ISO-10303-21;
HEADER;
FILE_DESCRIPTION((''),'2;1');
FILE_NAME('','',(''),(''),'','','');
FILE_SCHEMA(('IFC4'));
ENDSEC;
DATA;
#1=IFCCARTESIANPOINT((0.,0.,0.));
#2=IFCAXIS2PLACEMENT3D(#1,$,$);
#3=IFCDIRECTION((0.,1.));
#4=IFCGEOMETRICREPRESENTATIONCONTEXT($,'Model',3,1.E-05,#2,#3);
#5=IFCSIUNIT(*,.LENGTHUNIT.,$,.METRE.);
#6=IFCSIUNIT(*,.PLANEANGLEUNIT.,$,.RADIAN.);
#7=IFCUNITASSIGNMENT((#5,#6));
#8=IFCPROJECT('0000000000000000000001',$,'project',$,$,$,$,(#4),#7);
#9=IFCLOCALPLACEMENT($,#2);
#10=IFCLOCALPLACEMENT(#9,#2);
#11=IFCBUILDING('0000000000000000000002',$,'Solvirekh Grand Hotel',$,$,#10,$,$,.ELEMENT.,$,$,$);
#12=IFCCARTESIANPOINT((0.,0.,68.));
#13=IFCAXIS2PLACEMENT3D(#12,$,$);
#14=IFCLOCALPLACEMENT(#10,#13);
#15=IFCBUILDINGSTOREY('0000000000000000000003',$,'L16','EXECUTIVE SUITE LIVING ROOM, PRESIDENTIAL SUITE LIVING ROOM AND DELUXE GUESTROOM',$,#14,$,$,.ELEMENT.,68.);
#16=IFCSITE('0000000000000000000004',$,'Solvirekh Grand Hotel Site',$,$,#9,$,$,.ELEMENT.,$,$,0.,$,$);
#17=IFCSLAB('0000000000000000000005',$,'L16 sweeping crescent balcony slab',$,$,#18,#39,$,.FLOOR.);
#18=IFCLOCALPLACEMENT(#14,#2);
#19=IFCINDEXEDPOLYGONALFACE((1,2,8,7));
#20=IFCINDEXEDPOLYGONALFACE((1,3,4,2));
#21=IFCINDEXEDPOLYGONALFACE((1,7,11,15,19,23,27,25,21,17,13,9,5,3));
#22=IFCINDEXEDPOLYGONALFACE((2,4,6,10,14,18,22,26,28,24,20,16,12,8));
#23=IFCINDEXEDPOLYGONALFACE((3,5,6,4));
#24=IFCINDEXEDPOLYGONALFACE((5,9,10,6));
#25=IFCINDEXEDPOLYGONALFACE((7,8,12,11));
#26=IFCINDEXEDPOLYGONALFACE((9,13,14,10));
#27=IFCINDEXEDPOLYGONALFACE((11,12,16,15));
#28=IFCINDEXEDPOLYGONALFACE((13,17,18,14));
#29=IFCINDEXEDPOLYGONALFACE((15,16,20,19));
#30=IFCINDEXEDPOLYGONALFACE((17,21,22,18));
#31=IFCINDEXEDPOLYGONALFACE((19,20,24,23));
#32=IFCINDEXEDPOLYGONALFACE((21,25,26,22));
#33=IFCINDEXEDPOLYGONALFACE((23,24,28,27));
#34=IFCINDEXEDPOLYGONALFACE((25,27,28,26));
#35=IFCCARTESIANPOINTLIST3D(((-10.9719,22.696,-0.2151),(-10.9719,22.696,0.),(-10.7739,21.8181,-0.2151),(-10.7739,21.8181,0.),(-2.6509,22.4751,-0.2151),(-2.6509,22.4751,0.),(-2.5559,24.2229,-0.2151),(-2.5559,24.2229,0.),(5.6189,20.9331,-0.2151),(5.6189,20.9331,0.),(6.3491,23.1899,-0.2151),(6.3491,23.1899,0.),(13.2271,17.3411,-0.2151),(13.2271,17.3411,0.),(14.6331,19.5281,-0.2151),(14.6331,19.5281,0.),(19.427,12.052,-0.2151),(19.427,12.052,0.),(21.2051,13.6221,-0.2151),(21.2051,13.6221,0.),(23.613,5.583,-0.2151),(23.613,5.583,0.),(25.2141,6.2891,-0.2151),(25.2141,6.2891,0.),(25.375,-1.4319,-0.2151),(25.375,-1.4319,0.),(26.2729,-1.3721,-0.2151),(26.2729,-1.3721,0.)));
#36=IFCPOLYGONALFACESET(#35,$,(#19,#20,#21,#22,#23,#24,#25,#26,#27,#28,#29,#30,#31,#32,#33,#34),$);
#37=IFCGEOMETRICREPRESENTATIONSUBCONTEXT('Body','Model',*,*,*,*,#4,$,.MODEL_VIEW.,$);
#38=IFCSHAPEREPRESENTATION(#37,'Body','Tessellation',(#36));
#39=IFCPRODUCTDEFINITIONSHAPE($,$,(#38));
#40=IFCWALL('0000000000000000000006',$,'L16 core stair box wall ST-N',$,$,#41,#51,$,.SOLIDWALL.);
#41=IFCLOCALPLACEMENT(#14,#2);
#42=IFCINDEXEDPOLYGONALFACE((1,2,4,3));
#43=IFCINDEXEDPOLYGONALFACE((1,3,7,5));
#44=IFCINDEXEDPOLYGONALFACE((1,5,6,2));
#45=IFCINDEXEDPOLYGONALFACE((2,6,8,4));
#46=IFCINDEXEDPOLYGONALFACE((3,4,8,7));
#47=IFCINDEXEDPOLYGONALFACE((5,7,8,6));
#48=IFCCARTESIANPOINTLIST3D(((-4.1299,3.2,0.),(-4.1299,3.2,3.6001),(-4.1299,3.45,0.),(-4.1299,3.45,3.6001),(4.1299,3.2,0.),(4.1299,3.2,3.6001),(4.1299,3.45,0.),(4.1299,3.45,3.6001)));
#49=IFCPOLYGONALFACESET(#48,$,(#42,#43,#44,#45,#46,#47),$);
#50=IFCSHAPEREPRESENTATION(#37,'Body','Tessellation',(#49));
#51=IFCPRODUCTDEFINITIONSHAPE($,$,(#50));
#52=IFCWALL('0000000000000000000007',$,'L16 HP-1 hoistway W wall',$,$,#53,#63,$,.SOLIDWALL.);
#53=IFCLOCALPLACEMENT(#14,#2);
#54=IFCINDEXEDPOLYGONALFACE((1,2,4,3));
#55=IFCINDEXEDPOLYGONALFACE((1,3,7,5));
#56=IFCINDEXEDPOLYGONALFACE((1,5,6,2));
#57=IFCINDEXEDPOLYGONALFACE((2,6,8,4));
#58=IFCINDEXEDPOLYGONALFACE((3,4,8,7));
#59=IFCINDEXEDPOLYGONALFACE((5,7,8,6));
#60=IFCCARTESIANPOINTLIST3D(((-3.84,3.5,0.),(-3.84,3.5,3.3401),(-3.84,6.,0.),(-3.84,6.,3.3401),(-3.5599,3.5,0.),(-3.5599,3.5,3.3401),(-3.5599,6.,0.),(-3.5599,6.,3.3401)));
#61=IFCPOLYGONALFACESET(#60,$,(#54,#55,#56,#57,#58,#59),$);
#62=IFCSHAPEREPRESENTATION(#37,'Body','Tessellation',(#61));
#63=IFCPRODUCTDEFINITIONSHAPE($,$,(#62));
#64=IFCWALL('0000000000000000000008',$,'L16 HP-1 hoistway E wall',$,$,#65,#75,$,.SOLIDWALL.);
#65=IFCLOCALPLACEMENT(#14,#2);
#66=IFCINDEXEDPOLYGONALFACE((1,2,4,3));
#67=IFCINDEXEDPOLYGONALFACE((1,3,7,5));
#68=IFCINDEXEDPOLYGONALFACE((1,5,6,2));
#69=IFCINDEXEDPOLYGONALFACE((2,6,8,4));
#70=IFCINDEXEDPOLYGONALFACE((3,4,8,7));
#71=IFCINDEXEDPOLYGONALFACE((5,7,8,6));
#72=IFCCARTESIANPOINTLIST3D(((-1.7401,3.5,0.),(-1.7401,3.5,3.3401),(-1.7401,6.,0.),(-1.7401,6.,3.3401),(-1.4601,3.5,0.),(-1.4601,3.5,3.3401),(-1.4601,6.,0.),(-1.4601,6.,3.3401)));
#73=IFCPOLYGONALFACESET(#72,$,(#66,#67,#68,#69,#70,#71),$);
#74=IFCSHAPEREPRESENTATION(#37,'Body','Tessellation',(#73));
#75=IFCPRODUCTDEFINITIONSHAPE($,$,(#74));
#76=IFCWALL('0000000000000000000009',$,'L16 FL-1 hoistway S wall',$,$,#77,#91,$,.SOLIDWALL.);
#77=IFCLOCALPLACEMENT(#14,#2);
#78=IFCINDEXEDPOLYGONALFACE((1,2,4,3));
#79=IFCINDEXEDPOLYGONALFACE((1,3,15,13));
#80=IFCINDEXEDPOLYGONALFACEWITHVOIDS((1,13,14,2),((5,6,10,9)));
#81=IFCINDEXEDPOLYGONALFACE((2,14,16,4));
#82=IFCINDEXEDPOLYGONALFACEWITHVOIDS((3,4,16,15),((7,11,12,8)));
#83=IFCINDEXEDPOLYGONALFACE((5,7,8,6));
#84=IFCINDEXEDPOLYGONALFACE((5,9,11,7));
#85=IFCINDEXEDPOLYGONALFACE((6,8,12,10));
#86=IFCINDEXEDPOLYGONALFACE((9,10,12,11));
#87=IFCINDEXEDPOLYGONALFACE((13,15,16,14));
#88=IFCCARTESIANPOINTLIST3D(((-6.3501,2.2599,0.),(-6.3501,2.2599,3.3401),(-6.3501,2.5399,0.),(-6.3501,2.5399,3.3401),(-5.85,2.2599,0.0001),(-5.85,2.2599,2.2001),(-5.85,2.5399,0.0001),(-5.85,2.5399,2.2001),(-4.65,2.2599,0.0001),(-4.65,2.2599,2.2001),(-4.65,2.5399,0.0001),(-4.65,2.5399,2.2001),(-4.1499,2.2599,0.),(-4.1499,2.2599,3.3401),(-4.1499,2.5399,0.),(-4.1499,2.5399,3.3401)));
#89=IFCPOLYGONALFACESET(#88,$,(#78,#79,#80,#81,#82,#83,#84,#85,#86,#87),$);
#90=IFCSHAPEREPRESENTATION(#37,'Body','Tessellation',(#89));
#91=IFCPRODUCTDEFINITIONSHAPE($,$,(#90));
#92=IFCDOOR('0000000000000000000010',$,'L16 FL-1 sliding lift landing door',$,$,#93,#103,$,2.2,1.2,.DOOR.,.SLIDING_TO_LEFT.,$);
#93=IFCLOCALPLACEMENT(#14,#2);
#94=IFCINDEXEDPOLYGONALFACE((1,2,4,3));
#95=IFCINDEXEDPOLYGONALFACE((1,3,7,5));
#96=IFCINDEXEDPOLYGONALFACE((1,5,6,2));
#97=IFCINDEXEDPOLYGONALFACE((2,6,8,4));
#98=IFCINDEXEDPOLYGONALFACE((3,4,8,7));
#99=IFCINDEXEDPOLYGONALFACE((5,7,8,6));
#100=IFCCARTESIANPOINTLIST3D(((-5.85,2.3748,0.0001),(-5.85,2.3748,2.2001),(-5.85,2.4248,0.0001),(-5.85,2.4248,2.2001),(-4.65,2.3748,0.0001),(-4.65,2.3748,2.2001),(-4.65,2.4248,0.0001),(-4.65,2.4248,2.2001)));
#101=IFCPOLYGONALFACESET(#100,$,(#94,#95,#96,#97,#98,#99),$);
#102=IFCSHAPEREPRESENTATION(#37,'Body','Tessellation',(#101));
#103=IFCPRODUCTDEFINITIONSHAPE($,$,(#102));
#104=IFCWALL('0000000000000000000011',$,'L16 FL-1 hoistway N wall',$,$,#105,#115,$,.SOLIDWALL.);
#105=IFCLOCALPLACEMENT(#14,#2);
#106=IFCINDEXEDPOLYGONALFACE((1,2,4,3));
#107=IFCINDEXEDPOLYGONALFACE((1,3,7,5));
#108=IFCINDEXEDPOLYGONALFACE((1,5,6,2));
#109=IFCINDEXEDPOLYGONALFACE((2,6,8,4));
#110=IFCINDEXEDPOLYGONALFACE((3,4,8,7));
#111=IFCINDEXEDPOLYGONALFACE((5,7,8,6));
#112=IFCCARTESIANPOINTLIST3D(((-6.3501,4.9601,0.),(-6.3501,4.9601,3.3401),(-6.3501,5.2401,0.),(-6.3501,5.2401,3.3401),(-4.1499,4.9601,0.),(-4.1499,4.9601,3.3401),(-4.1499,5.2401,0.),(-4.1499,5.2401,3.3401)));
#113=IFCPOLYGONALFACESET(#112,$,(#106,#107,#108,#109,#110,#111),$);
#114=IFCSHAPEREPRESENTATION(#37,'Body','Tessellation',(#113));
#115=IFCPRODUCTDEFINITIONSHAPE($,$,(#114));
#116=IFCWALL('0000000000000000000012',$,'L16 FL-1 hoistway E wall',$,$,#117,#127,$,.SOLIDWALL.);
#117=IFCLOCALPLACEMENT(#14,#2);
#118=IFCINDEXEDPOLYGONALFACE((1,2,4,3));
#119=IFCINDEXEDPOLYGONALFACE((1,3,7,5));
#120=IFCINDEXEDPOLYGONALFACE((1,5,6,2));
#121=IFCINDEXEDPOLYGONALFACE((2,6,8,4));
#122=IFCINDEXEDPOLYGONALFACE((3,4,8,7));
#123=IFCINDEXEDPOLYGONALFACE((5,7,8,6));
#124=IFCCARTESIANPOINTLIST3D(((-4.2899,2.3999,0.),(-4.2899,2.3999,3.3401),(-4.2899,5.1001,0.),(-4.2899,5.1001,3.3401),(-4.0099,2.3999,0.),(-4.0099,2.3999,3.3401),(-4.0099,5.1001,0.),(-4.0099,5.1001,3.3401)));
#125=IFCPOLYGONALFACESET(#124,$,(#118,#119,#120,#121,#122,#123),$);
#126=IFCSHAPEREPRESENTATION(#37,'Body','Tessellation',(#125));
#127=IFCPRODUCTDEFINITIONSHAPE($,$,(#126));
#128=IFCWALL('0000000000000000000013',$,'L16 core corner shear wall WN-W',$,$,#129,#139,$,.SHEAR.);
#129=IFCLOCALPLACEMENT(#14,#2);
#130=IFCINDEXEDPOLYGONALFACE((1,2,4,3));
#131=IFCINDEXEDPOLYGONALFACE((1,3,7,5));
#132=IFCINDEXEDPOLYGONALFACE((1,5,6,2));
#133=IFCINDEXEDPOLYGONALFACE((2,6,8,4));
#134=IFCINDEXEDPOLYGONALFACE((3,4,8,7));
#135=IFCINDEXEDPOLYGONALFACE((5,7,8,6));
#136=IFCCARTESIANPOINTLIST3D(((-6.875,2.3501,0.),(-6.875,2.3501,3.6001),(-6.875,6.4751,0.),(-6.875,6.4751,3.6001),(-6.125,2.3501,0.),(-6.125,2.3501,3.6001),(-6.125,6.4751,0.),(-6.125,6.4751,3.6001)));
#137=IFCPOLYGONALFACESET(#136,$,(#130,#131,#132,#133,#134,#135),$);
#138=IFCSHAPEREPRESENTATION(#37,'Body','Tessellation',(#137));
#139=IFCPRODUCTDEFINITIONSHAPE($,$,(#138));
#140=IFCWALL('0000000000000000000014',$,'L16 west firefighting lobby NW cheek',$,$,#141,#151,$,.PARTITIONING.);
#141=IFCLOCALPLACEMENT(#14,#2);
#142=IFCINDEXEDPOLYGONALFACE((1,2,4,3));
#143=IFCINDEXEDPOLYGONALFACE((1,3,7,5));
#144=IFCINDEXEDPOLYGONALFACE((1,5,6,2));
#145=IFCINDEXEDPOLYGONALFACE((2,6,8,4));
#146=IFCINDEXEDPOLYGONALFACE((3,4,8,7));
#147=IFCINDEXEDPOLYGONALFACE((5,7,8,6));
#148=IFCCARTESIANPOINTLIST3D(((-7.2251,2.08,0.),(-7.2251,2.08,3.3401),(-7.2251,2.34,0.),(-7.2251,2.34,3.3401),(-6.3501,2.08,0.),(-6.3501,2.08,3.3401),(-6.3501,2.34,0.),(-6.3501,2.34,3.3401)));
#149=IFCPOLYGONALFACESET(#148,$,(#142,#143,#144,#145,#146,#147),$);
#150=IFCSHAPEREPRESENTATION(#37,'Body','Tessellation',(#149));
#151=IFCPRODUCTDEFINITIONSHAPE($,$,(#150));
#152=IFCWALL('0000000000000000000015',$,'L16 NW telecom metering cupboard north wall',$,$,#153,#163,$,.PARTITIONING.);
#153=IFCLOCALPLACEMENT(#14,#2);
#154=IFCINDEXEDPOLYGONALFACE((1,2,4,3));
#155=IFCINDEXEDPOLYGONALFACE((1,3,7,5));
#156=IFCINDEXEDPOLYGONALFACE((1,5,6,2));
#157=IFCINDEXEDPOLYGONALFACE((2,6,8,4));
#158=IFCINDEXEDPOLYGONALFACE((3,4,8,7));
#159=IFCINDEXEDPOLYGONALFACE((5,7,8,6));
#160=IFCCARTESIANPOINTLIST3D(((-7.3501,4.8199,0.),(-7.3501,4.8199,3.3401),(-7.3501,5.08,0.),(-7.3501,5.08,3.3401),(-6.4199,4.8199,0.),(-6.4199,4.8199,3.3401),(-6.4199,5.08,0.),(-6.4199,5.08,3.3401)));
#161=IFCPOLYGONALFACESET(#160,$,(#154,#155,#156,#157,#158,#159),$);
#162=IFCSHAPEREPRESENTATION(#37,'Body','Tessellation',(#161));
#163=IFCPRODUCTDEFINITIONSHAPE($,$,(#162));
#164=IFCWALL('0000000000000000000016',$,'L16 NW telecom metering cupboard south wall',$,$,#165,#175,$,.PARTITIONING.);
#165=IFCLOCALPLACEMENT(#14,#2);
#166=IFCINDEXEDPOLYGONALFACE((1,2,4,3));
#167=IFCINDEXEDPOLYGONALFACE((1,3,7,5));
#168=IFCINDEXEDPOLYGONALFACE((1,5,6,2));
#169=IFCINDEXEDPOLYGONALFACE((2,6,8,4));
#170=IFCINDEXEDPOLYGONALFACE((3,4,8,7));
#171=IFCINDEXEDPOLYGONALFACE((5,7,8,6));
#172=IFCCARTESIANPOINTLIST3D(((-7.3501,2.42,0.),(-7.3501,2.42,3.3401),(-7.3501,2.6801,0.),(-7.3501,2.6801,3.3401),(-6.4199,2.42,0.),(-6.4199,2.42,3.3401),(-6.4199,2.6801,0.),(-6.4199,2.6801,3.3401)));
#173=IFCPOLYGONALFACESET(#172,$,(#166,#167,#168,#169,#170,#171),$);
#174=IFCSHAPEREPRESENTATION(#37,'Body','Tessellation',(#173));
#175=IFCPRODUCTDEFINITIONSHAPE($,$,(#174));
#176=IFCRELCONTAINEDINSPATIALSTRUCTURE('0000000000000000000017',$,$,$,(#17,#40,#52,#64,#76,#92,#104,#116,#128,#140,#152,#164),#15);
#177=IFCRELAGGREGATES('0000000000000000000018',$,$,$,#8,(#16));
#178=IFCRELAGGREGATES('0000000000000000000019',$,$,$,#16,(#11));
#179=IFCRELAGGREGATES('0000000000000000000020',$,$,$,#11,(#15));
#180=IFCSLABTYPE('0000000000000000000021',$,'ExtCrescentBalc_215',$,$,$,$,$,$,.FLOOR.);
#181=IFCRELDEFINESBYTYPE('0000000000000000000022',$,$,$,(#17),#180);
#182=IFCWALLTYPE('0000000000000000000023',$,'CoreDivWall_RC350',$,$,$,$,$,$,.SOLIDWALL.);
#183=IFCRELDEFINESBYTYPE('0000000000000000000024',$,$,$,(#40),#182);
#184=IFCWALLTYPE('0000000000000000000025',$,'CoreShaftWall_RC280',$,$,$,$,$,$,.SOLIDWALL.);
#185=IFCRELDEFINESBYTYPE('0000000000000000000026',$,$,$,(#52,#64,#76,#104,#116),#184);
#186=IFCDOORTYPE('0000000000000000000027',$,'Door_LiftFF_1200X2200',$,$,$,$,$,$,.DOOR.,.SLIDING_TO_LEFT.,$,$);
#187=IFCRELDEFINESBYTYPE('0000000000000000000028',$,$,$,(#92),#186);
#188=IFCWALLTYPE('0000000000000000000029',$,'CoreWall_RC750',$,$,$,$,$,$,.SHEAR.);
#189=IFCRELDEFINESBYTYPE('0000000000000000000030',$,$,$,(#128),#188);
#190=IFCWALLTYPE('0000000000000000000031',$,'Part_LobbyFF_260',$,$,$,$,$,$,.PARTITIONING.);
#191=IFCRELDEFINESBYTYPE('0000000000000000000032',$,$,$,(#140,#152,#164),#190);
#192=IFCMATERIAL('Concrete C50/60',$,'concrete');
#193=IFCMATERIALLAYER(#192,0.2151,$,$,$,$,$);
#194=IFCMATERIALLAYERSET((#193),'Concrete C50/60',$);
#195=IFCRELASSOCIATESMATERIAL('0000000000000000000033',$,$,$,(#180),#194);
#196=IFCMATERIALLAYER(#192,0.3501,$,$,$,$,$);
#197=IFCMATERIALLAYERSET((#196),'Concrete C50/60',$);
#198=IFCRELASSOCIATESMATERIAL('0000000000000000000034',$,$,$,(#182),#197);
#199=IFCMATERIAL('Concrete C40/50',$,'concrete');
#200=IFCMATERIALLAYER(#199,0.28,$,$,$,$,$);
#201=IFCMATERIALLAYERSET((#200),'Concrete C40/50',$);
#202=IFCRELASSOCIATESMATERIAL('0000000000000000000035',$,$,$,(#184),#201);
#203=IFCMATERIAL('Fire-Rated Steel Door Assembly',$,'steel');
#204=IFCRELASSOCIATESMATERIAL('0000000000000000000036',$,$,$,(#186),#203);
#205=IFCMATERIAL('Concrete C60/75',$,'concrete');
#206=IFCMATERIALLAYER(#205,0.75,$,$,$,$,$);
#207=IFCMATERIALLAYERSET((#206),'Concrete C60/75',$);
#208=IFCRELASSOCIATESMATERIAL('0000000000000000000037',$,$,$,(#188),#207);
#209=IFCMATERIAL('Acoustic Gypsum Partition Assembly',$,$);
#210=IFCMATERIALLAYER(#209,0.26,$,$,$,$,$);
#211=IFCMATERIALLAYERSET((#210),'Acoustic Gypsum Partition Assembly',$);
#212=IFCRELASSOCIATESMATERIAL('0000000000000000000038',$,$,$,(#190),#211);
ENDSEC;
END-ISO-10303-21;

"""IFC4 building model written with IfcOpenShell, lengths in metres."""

from ifc_helpers import new_model, si_unit, direction, frame, frame_2d, origin, place, context, subcontext, project, spatial, polyline, rectangle, outline, extrude, material, layer, layer_set, type_object, element, fill, save


model = new_model("IFC4")

# Units and contexts
model_context = context("Model", 3, precision=1e-05, world=origin(), true_north=direction((0.0, 1.0)))
body_context = subcontext(model_context, "Body", "Model", "MODEL_VIEW")
ifc_project = project(units=[si_unit("LENGTHUNIT", "METRE"), si_unit("PLANEANGLEUNIT", "RADIAN")], contexts=[model_context])

# Site, building, storey
site_placement = place(None, origin())
site = spatial("IfcSite", under=ifc_project, at=site_placement, Name="Solvirekh Grand Hotel Site", CompositionType="ELEMENT", RefElevation=0.0)
building_placement = place(site_placement, origin())
building = spatial("IfcBuilding", under=site, at=building_placement, Name="Solvirekh Grand Hotel", CompositionType="ELEMENT")
storey_placement = place(building_placement, frame((0.0, 0.0, 68.0)))
storey = spatial("IfcBuildingStorey", under=building, at=storey_placement, Name="L16", Description="EXECUTIVE SUITE LIVING ROOM, PRESIDENTIAL SUITE LIVING ROOM AND DELUXE GUESTROOM", CompositionType="ELEMENT", Elevation=68.0)

# Slab
ifc_material_1 = material(Name="Concrete C50/60", Category="concrete")
ifc_layer_1 = layer(ifc_material_1, 0.2151)
ifc_layer_set_1 = layer_set([ifc_layer_1], Name="Concrete C50/60")
slab_type = type_object("IfcSlabType", Name="ExtCrescentBalc_215", PredefinedType="FLOOR", material=ifc_layer_set_1)
slab_placement = place(storey_placement, frame((0.0, 0.0, -0.2151)))
element("IfcSlab", 1, at=slab_placement, inside=storey, type_object=slab_type, Name="L16 sweeping crescent balcony slab", PredefinedType="FLOOR", context=body_context, shape_type="SweptSolid", body=[
    extrude(outline(polyline([(26.2729, -1.3721), (25.2141, 6.2891), (21.2051, 13.6221), (14.6331, 19.5281), (6.3491, 23.1899), (-2.5559, 24.2229), (-10.9719, 22.696), (-10.7739, 21.8181), (-2.6509, 22.4751), (5.6189, 20.9331), (13.2271, 17.3411), (19.427, 12.052), (23.613, 5.583), (25.375, -1.4319), (26.2729, -1.3721)])), origin(), (0.0, 0.0, 1.0), 0.2151),
])

# Walls
ifc_layer_2 = layer(ifc_material_1, 0.3501)
ifc_layer_set_2 = layer_set([ifc_layer_2], Name="Concrete C50/60")
wall_type_1 = type_object("IfcWallType", Name="CoreDivWall_RC350", PredefinedType="SOLIDWALL", material=ifc_layer_set_2)
wall_1_placement = place(storey_placement, frame((-4.1299, 3.325, 0.0), z_axis=(0.0, 0.0, 1.0), x_axis=(1.0, 0.0, 0.0)))
element("IfcWall", 2, at=wall_1_placement, inside=storey, type_object=wall_type_1, Name="L16 core stair box wall ST-N", PredefinedType="SOLIDWALL", context=body_context, shape_type="SweptSolid", body=[
    extrude(rectangle(XDim=8.2598, YDim=0.25, at=frame_2d((4.1299, 0.0))), origin(), (0.0, 0.0, 1.0), 3.6001),
])
ifc_material_2 = material(Name="Concrete C40/50", Category="concrete")
ifc_layer_3 = layer(ifc_material_2, 0.28)
ifc_layer_set_3 = layer_set([ifc_layer_3], Name="Concrete C40/50")
wall_type_2 = type_object("IfcWallType", Name="CoreShaftWall_RC280", PredefinedType="SOLIDWALL", material=ifc_layer_set_3)
for number, where, z_axis, x_axis, name in (
    (3, (-3.7, 6.0, 0.0), (0.0, 0.0, 1.0), (0.0, -1.0, 0.0), "L16 HP-1 hoistway W wall"),
    (4, (-1.6001, 3.5, 0.0), (0.0, 0.0, 1.0), (0.0, 1.0, 0.0), "L16 HP-1 hoistway E wall"),
):
    element("IfcWall", number, at=place(storey_placement, frame(where, z_axis=z_axis, x_axis=x_axis)), inside=storey, type_object=wall_type_2, Name=name, PredefinedType="SOLIDWALL", context=body_context, shape_type="SweptSolid", body=[
        extrude(rectangle(XDim=2.5, YDim=0.28, at=frame_2d((1.25, 0.0))), origin(), (0.0, 0.0, 1.0), 3.3401),
    ])

# Wall, opening, door
wall_2_placement = place(storey_placement, frame((-6.3501, 2.3999, 0.0), z_axis=(0.0, 0.0, 1.0), x_axis=(1.0, 0.0, 0.0)))
wall_2 = element("IfcWall", 5, at=wall_2_placement, inside=storey, type_object=wall_type_2, Name="L16 FL-1 hoistway S wall", PredefinedType="SOLIDWALL", context=body_context, shape_type="SweptSolid", body=[
    extrude(rectangle(XDim=2.2002, YDim=0.28, at=frame_2d((1.1001, 0.0))), origin(), (0.0, 0.0, 1.0), 3.3401),
])
opening_1_placement = place(wall_2_placement, frame((0.5, 0.0, 0.0)))
opening_1 = element("IfcOpeningElement", 6, at=opening_1_placement, cuts=wall_2, PredefinedType="OPENING", context=body_context, shape_type="SweptSolid", body=[
    extrude(rectangle(XDim=1.2, YDim=2.2, at=frame_2d((0.6001, 1.1001))), frame((0.0, 0.1499, 0.0), z_axis=(0.0, -1.0, 0.0), x_axis=(1.0, 0.0, 0.0)), (0.0, 0.0, 1.0), 0.3),
])
ifc_material_3 = material(Name="Fire-Rated Steel Door Assembly", Category="steel")
door_type_1 = type_object("IfcDoorType", Name="Door_LiftFF_1200X2200", OperationType="SLIDING_TO_LEFT", PredefinedType="DOOR", material=ifc_material_3)
door_1_placement = place(opening_1_placement, origin())
door_1 = element("IfcDoor", 7, at=door_1_placement, inside=storey, type_object=door_type_1, Name="L16 FL-1 sliding lift landing door", OperationType="SLIDING_TO_LEFT", OverallHeight=2.2, OverallWidth=1.2, PredefinedType="DOOR", context=body_context, shape_type="SweptSolid", body=[
    extrude(rectangle(XDim=1.2, YDim=2.2, at=frame_2d((0.6001, 1.1001))), frame((0.0, 0.0249, 0.0), z_axis=(0.0, -1.0, 0.0), x_axis=(1.0, 0.0, 0.0)), (0.0, 0.0, 1.0), 0.05),
])
fill(opening_1, door_1)

# Walls
wall_3_placement = place(storey_placement, frame((-4.1499, 5.1001, 0.0), z_axis=(0.0, 0.0, 1.0), x_axis=(-1.0, 0.0, 0.0)))
element("IfcWall", 8, at=wall_3_placement, inside=storey, type_object=wall_type_2, Name="L16 FL-1 hoistway N wall", PredefinedType="SOLIDWALL", context=body_context, shape_type="SweptSolid", body=[
    extrude(rectangle(XDim=2.2002, YDim=0.28, at=frame_2d((1.1001, 0.0))), origin(), (0.0, 0.0, 1.0), 3.3401),
])
wall_4_placement = place(storey_placement, frame((-4.1499, 2.3999, 0.0), z_axis=(0.0, 0.0, 1.0), x_axis=(0.0, 1.0, 0.0)))
element("IfcWall", 9, at=wall_4_placement, inside=storey, type_object=wall_type_2, Name="L16 FL-1 hoistway E wall", PredefinedType="SOLIDWALL", context=body_context, shape_type="SweptSolid", body=[
    extrude(rectangle(XDim=2.7002, YDim=0.28, at=frame_2d((1.3501, 0.0))), origin(), (0.0, 0.0, 1.0), 3.3401),
])
ifc_material_4 = material(Name="Concrete C60/75", Category="concrete")
ifc_layer_4 = layer(ifc_material_4, 0.75)
ifc_layer_set_4 = layer_set([ifc_layer_4], Name="Concrete C60/75")
wall_type_3 = type_object("IfcWallType", Name="CoreWall_RC750", PredefinedType="SHEAR", material=ifc_layer_set_4)
wall_5_placement = place(storey_placement, frame((-6.5, 2.3501, 0.0), z_axis=(0.0, 0.0, 1.0), x_axis=(0.0, 1.0, 0.0)))
element("IfcWall", 10, at=wall_5_placement, inside=storey, type_object=wall_type_3, Name="L16 core corner shear wall WN-W", PredefinedType="SHEAR", context=body_context, shape_type="SweptSolid", body=[
    extrude(rectangle(XDim=4.125, YDim=0.75, at=frame_2d((2.0625, 0.0))), origin(), (0.0, 0.0, 1.0), 3.6001),
])
ifc_material_5 = material(Name="Acoustic Gypsum Partition Assembly")
ifc_layer_5 = layer(ifc_material_5, 0.26)
ifc_layer_set_5 = layer_set([ifc_layer_5], Name="Acoustic Gypsum Partition Assembly")
wall_type_4 = type_object("IfcWallType", Name="Part_LobbyFF_260", PredefinedType="PARTITIONING", material=ifc_layer_set_5)
wall_6_placement = place(storey_placement, frame((-7.2251, 2.21, 0.0), z_axis=(0.0, 0.0, 1.0), x_axis=(1.0, 0.0, 0.0)))
element("IfcWall", 11, at=wall_6_placement, inside=storey, type_object=wall_type_4, Name="L16 west firefighting lobby NW cheek", PredefinedType="PARTITIONING", context=body_context, shape_type="SweptSolid", body=[
    extrude(rectangle(XDim=0.875, YDim=0.26, at=frame_2d((0.4375, 0.0))), origin(), (0.0, 0.0, 1.0), 3.3401),
])
for number, where, z_axis, x_axis, name in (
    (12, (-7.3501, 4.95, 0.0), (0.0, 0.0, 1.0), (1.0, 0.0, 0.0), "L16 NW telecom metering cupboard north wall"),
    (13, (-7.3501, 2.55, 0.0), (0.0, 0.0, 1.0), (1.0, 0.0, 0.0), "L16 NW telecom metering cupboard south wall"),
):
    element("IfcWall", number, at=place(storey_placement, frame(where, z_axis=z_axis, x_axis=x_axis)), inside=storey, type_object=wall_type_4, Name=name, PredefinedType="PARTITIONING", context=body_context, shape_type="SweptSolid", body=[
        extrude(rectangle(XDim=0.9302, YDim=0.26, at=frame_2d((0.4651, 0.0))), origin(), (0.0, 0.0, 1.0), 3.3401),
    ])

save(model, "model.ifc")
